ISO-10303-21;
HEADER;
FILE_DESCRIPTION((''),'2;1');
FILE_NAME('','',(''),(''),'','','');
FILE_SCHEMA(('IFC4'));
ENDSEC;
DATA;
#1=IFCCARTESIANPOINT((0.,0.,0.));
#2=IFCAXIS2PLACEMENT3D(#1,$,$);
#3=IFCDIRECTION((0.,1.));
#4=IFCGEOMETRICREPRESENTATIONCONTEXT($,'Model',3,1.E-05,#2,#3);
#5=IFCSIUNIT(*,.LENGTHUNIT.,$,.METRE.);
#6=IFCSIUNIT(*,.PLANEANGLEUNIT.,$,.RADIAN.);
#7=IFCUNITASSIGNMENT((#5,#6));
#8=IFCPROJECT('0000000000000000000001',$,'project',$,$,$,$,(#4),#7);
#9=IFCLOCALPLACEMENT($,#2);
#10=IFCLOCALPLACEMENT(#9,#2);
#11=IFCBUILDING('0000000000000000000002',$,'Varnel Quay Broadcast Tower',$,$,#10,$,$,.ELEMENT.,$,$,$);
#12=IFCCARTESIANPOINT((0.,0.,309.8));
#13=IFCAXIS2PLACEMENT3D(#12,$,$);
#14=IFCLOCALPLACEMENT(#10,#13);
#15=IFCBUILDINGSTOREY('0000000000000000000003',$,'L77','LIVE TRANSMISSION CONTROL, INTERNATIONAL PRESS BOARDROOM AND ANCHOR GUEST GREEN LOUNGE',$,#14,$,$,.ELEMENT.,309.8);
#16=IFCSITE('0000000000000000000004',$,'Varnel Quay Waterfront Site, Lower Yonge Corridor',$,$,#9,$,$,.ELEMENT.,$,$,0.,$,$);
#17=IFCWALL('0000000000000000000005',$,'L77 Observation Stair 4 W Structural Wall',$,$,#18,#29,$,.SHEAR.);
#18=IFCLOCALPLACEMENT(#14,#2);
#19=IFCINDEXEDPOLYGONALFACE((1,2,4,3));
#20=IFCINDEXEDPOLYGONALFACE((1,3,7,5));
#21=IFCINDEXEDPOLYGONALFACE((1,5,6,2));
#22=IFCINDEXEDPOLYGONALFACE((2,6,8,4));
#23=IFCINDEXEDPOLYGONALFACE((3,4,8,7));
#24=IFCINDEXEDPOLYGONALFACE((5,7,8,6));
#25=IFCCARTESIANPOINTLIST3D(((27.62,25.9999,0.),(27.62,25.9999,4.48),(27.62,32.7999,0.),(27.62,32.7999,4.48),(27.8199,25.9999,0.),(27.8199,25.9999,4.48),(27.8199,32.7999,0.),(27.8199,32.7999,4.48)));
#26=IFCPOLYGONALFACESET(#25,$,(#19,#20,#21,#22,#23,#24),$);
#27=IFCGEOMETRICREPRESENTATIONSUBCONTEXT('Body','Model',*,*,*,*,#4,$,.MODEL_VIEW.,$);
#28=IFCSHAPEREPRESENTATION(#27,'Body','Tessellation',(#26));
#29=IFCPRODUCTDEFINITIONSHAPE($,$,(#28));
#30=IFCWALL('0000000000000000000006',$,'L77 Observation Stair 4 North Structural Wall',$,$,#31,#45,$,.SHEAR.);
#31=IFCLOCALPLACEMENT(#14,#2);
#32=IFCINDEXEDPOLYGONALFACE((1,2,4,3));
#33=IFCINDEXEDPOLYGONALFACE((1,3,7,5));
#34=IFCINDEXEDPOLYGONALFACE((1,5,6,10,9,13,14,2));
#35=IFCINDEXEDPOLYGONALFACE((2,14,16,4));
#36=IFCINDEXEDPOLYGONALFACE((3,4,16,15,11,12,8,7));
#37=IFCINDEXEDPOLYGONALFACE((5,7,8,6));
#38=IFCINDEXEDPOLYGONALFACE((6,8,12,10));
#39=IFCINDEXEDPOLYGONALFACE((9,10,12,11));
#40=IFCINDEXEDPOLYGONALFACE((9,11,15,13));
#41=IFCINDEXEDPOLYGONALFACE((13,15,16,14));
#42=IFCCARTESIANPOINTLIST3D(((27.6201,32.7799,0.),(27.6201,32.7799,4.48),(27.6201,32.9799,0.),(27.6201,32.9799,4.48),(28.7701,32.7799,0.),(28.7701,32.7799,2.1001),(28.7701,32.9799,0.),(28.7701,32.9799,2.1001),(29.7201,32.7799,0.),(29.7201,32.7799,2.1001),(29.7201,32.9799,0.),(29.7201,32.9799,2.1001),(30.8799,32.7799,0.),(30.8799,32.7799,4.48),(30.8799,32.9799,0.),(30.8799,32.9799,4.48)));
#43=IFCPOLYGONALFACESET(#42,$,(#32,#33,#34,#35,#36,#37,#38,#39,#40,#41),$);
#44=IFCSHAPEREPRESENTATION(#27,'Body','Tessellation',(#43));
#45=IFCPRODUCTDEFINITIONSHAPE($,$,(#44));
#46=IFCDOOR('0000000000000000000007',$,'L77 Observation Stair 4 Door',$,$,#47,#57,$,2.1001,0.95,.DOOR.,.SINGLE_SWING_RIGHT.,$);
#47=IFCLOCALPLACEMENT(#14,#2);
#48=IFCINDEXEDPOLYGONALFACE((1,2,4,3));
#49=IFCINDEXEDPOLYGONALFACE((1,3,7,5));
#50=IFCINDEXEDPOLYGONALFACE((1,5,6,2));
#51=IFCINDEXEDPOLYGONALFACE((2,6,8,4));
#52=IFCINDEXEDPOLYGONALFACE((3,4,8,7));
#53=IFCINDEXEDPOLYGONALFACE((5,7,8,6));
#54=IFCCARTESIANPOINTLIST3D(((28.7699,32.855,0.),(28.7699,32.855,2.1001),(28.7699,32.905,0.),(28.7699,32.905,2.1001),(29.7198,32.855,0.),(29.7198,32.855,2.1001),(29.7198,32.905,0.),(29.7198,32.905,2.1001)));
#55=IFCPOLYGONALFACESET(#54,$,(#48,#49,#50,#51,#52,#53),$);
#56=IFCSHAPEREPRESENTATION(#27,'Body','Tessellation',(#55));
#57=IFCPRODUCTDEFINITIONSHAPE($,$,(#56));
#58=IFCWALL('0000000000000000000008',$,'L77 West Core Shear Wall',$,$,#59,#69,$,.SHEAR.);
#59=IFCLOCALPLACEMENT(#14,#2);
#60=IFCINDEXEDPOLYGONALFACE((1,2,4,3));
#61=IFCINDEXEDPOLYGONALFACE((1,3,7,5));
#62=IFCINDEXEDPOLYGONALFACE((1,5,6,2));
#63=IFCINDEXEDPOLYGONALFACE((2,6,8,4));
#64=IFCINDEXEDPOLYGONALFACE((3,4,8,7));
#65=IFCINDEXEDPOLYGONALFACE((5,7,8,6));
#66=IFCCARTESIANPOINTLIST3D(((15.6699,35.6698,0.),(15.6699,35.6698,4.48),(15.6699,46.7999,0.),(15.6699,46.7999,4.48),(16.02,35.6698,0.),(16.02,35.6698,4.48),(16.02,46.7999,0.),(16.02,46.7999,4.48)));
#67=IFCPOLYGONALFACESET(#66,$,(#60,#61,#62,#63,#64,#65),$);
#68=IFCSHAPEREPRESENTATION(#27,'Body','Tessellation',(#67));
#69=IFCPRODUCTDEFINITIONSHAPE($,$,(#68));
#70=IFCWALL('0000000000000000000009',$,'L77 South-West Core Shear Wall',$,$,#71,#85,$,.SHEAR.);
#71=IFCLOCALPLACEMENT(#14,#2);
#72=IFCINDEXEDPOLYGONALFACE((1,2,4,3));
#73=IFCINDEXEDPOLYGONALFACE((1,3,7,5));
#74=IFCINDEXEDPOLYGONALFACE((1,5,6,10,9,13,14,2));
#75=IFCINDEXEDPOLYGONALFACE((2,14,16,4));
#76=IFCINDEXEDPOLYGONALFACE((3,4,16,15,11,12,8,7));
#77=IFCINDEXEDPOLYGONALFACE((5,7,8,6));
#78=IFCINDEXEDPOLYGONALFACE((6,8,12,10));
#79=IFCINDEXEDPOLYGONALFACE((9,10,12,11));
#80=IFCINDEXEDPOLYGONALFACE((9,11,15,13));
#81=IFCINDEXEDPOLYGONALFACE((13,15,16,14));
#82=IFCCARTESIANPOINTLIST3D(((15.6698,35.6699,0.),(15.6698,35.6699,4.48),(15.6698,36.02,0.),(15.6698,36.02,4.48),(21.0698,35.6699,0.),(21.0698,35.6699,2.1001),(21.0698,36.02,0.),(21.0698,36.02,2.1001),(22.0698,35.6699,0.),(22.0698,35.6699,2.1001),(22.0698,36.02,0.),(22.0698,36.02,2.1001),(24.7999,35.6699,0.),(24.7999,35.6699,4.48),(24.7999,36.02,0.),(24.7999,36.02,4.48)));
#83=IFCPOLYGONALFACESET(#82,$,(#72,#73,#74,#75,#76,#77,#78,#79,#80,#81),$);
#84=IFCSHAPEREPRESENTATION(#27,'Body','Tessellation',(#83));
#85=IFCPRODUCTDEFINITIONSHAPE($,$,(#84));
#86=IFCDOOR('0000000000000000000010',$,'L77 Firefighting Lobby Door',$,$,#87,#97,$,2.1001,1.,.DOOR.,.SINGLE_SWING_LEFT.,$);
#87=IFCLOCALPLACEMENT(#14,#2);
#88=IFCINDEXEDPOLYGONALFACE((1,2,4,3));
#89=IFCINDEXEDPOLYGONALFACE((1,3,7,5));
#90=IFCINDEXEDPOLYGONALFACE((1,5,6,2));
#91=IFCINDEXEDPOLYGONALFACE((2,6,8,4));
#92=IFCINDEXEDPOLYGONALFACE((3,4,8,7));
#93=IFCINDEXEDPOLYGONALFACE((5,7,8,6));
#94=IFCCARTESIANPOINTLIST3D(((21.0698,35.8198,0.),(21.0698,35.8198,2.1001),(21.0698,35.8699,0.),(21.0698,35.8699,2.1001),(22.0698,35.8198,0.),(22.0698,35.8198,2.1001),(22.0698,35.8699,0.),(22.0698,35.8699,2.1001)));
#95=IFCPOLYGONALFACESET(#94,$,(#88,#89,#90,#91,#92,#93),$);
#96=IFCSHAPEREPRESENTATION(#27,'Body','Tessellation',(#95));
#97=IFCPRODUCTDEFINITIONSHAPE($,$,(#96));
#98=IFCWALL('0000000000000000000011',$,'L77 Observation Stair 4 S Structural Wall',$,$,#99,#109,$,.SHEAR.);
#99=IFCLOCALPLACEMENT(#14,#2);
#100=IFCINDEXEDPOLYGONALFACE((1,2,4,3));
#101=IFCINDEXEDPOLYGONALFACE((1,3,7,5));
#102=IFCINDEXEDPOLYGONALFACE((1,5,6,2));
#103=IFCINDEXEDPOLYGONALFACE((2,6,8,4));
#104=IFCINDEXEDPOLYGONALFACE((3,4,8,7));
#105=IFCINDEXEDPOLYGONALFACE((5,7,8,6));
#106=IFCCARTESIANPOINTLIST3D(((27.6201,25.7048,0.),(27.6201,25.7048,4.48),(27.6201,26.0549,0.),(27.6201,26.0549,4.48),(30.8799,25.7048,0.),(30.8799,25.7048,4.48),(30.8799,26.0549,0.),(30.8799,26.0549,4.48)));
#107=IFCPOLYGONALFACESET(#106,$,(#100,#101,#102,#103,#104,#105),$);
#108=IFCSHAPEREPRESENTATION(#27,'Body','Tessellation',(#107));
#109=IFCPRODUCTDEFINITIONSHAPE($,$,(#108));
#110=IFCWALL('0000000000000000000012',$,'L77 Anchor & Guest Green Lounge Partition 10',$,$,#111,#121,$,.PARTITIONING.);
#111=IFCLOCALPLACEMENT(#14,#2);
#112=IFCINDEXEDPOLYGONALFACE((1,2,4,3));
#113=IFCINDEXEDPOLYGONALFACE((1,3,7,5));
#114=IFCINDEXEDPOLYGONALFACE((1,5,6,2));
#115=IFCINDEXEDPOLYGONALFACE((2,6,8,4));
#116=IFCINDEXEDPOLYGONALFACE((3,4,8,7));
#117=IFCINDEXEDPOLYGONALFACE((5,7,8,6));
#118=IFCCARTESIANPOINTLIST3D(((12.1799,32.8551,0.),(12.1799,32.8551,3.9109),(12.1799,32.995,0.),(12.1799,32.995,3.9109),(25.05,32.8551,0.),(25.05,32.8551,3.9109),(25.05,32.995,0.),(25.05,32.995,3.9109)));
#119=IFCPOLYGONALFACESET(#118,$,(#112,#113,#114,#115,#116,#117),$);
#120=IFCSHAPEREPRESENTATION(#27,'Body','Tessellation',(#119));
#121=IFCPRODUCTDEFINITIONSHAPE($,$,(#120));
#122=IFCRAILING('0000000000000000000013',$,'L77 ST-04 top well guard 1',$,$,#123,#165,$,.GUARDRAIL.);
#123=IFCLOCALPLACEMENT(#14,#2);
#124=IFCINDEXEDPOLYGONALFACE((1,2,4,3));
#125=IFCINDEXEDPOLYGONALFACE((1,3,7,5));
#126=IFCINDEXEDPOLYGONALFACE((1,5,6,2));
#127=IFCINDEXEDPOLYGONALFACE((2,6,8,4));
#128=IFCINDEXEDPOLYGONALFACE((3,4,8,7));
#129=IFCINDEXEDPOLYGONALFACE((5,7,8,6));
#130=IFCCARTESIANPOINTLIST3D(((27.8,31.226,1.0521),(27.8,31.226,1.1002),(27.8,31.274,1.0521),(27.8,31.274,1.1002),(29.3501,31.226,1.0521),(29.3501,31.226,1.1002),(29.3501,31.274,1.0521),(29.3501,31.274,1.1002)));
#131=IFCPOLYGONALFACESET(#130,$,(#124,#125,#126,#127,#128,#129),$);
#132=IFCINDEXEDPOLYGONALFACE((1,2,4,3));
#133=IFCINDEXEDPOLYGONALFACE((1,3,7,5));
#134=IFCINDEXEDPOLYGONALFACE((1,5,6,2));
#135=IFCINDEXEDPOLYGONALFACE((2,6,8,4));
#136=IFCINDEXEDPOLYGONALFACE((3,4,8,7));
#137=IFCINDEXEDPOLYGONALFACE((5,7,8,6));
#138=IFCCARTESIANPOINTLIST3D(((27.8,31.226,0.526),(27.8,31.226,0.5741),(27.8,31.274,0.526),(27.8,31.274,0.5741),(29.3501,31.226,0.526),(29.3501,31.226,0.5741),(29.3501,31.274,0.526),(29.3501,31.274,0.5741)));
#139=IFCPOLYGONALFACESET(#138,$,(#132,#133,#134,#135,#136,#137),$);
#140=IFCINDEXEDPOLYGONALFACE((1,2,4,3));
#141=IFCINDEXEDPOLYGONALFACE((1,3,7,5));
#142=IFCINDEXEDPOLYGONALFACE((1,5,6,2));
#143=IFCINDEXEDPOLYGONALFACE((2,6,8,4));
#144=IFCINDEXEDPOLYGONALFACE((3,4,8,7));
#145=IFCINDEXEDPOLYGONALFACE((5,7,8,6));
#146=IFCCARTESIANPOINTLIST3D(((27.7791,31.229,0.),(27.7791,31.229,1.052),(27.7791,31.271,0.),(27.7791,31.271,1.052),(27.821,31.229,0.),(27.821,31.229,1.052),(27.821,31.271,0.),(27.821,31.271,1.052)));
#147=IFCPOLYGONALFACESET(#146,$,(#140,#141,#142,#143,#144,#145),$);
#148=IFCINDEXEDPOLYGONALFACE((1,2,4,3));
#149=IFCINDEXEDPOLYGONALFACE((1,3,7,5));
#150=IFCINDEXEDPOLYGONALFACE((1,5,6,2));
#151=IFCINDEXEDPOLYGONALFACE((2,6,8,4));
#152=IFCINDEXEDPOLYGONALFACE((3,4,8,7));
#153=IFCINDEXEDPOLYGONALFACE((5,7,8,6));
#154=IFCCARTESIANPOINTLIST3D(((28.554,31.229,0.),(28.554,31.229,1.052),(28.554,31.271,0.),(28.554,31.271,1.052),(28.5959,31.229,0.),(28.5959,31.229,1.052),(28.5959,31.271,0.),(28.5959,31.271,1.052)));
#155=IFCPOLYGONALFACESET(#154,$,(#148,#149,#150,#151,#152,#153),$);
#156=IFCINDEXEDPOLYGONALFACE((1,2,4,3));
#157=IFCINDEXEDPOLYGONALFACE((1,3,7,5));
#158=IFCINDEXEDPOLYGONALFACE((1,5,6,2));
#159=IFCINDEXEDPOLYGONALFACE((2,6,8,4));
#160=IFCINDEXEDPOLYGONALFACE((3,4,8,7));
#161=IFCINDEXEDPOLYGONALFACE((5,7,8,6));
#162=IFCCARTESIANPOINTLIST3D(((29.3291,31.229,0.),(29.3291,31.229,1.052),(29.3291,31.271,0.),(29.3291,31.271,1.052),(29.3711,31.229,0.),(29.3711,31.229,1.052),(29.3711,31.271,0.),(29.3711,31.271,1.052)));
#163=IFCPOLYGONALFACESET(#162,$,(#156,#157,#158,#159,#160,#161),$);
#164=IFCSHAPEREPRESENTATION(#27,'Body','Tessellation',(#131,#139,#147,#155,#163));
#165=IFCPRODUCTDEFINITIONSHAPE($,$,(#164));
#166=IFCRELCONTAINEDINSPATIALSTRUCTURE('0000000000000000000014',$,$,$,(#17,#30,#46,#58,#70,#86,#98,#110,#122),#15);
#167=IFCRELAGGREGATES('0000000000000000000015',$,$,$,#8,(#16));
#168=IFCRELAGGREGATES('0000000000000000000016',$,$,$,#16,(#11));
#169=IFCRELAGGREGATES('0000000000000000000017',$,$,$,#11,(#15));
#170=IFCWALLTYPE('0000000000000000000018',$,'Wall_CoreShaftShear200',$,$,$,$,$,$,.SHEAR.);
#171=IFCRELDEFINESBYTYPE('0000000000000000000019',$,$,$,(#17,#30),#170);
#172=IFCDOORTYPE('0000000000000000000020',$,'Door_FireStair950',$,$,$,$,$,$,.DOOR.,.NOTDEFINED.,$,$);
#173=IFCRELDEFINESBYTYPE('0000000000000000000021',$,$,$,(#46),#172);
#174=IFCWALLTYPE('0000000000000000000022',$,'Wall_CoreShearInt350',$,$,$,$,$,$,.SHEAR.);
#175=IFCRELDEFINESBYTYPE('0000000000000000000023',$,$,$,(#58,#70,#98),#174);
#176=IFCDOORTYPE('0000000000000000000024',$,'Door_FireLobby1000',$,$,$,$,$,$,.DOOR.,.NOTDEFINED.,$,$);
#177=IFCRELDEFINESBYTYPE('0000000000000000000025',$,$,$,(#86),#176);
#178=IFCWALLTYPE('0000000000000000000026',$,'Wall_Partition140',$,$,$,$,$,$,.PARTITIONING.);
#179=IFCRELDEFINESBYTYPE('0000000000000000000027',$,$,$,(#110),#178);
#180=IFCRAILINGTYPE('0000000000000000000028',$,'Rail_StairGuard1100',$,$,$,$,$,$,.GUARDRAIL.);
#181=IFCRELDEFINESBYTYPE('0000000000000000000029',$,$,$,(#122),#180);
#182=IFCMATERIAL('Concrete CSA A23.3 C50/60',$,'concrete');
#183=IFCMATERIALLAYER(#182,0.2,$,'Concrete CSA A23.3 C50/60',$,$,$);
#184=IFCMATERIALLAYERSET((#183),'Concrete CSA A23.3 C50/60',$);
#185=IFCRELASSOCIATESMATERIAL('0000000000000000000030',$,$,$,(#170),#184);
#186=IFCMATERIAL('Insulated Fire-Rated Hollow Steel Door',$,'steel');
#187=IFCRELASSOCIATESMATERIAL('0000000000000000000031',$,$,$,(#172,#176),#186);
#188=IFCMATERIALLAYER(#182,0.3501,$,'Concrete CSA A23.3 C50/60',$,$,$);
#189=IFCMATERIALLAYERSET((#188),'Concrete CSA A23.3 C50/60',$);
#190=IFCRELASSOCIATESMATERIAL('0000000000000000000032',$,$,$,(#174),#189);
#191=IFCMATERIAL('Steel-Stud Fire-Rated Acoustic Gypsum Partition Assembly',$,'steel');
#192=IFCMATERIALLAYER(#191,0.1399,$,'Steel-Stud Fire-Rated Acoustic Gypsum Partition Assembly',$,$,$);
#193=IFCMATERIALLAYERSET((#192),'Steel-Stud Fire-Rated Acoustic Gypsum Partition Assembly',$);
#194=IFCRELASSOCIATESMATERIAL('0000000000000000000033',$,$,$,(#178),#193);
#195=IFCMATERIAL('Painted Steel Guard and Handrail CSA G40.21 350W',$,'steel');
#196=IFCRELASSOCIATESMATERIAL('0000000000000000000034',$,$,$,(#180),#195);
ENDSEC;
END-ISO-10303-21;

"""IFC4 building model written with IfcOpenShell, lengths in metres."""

from ifc_helpers import new_model, si_unit, direction, frame, frame_2d, origin, origin_2d, place, context, subcontext, project, spatial, rectangle, extrude, source, transform, mapped, material, layer, layer_set, type_object, type_shapes, element, fill, save


model = new_model("IFC4")

# Units and contexts
model_context = context("Model", 3, precision=1e-05, world=origin(), true_north=direction((0.0, 1.0)))
body_context = subcontext(model_context, "Body", "Model", "MODEL_VIEW")
ifc_project = project(units=[si_unit("LENGTHUNIT", "METRE"), si_unit("PLANEANGLEUNIT", "RADIAN")], contexts=[model_context])

# Site, building, storey
site_placement = place(None, origin())
site = spatial("IfcSite", under=ifc_project, at=site_placement, Name="Varnel Quay Waterfront Site, Lower Yonge Corridor", CompositionType="ELEMENT", RefElevation=0.0)
building_placement = place(site_placement, origin())
building = spatial("IfcBuilding", under=site, at=building_placement, Name="Varnel Quay Broadcast Tower", CompositionType="ELEMENT")
storey_placement = place(building_placement, frame((0.0, 0.0, 309.8)))
storey = spatial("IfcBuildingStorey", under=building, at=storey_placement, Name="L77", Description="LIVE TRANSMISSION CONTROL, INTERNATIONAL PRESS BOARDROOM AND ANCHOR GUEST GREEN LOUNGE", CompositionType="ELEMENT", Elevation=309.8)

# Shared definitions
ifc_material_1 = material(Name="Concrete CSA A23.3 C50/60", Category="concrete")

# Wall
ifc_layer_1 = layer(ifc_material_1, 0.2, Name="Concrete CSA A23.3 C50/60")
ifc_layer_set_1 = layer_set([ifc_layer_1], Name="Concrete CSA A23.3 C50/60")
wall_type_1 = type_object("IfcWallType", Name="Wall_CoreShaftShear200", PredefinedType="SHEAR", material=ifc_layer_set_1)
wall_1_placement = place(storey_placement, frame((27.72, 26.0, 0.0), z_axis=(0.0, 0.0, 1.0), x_axis=(0.0, 1.0, 0.0)))
element("IfcWall", 1, at=wall_1_placement, inside=storey, type_object=wall_type_1, Name="L77 Observation Stair 4 W Structural Wall", PredefinedType="SHEAR", context=body_context, shape_type="SweptSolid", body=[
    extrude(rectangle(XDim=6.8, YDim=0.2, at=frame_2d((3.3999, 0.0))), origin(), (0.0, 0.0, 1.0), 4.48),
])

# Wall, opening, door
wall_2_placement = place(storey_placement, frame((27.6201, 32.8799, 0.0), z_axis=(0.0, 0.0, 1.0), x_axis=(1.0, 0.0, 0.0)))
wall_2 = element("IfcWall", 2, at=wall_2_placement, inside=storey, type_object=wall_type_1, Name="L77 Observation Stair 4 North Structural Wall", PredefinedType="SHEAR", context=body_context, shape_type="SweptSolid", body=[
    extrude(rectangle(XDim=3.2598, YDim=0.2, at=frame_2d((1.6299, 0.0))), origin(), (0.0, 0.0, 1.0), 4.48),
])
opening_1_placement = place(wall_2_placement, frame((1.1499, 0.0, 0.0)))
opening_1 = element("IfcOpeningElement", 3, at=opening_1_placement, cuts=wall_2, PredefinedType="OPENING", context=body_context, shape_type="SweptSolid", body=[
    extrude(rectangle(XDim=0.95, YDim=2.1001, at=frame_2d((0.4751, 1.05))), frame((0.0, 0.1099, 0.0), z_axis=(0.0, -1.0, 0.0), x_axis=(1.0, 0.0, 0.0)), (0.0, 0.0, 1.0), 0.22),
])
ifc_material_2 = material(Name="Insulated Fire-Rated Hollow Steel Door", Category="steel")
door_type_1 = type_object("IfcDoorType", Name="Door_FireStair950", OperationType="NOTDEFINED", PredefinedType="DOOR", material=ifc_material_2)
shared_shape_1 = source(origin(), body_context, "Body", "SweptSolid", [
    extrude(rectangle(XDim=0.95, YDim=2.1001, at=frame_2d((0.4751, 1.05))), frame((0.0, 0.0249, 0.0), z_axis=(0.0, -1.0, 0.0), x_axis=(1.0, 0.0, 0.0)), (0.0, 0.0, 1.0), 0.05),
])
type_shapes(door_type_1, [shared_shape_1])
door_1_placement = place(opening_1_placement, frame((0.95, 0.0, 0.0), z_axis=(0.0, 0.0, 1.0), x_axis=(-1.0, 0.0, 0.0)))
door_1 = element("IfcDoor", 4, at=door_1_placement, inside=storey, type_object=door_type_1, Name="L77 Observation Stair 4 Door", OperationType="SINGLE_SWING_RIGHT", OverallHeight=2.1001, OverallWidth=0.95, PredefinedType="DOOR", context=body_context, shape_type="MappedRepresentation", body=[
    mapped(shared_shape_1, transform((0.0, 0.0, 0.0), x_axis=(1.0, 0.0, 0.0), y_axis=(0.0, 1.0, 0.0), z_axis=(0.0, 0.0, 1.0), scale=1.0)),
])
fill(opening_1, door_1)

# Wall
ifc_layer_2 = layer(ifc_material_1, 0.3501, Name="Concrete CSA A23.3 C50/60")
ifc_layer_set_2 = layer_set([ifc_layer_2], Name="Concrete CSA A23.3 C50/60")
wall_type_2 = type_object("IfcWallType", Name="Wall_CoreShearInt350", PredefinedType="SHEAR", material=ifc_layer_set_2)
wall_3_placement = place(storey_placement, frame((15.845, 35.6699, 0.0), z_axis=(0.0, 0.0, 1.0), x_axis=(0.0, 1.0, 0.0)))
element("IfcWall", 5, at=wall_3_placement, inside=storey, type_object=wall_type_2, Name="L77 West Core Shear Wall", PredefinedType="SHEAR", context=body_context, shape_type="SweptSolid", body=[
    extrude(rectangle(XDim=11.1301, YDim=0.3501, at=frame_2d((5.5649, 0.0))), origin(), (0.0, 0.0, 1.0), 4.48),
])

# Wall, opening, door
wall_4_placement = place(storey_placement, frame((15.6699, 35.845, 0.0), z_axis=(0.0, 0.0, 1.0), x_axis=(1.0, 0.0, 0.0)))
wall_4 = element("IfcWall", 6, at=wall_4_placement, inside=storey, type_object=wall_type_2, Name="L77 South-West Core Shear Wall", PredefinedType="SHEAR", context=body_context, shape_type="SweptSolid", body=[
    extrude(rectangle(XDim=9.1301, YDim=0.3501, at=frame_2d((4.5649, 0.0))), origin(), (0.0, 0.0, 1.0), 4.48),
])
opening_2_placement = place(wall_4_placement, frame((5.3999, 0.0, 0.0)))
opening_2 = element("IfcOpeningElement", 7, at=opening_2_placement, cuts=wall_4, PredefinedType="OPENING", context=body_context, shape_type="SweptSolid", body=[
    extrude(rectangle(XDim=1.0, YDim=2.1001, at=frame_2d((0.5, 1.05))), frame((0.0, 0.1851, 0.0), z_axis=(0.0, -1.0, 0.0), x_axis=(1.0, 0.0, 0.0)), (0.0, 0.0, 1.0), 0.3701),
])
door_type_2 = type_object("IfcDoorType", Name="Door_FireLobby1000", OperationType="NOTDEFINED", PredefinedType="DOOR", material=ifc_material_2)
shared_shape_2 = source(origin(), body_context, "Body", "SweptSolid", [
    extrude(rectangle(XDim=1.0, YDim=2.1001, at=frame_2d((0.5, 1.05))), frame((0.0, 0.0249, 0.0), z_axis=(0.0, -1.0, 0.0), x_axis=(1.0, 0.0, 0.0)), (0.0, 0.0, 1.0), 0.05),
])
type_shapes(door_type_2, [shared_shape_2])
door_2_placement = place(opening_2_placement, origin())
door_2 = element("IfcDoor", 8, at=door_2_placement, inside=storey, type_object=door_type_2, Name="L77 Firefighting Lobby Door", OperationType="SINGLE_SWING_LEFT", OverallHeight=2.1001, OverallWidth=1.0, PredefinedType="DOOR", context=body_context, shape_type="MappedRepresentation", body=[
    mapped(shared_shape_2, transform((0.0, 0.0, 0.0), x_axis=(1.0, 0.0, 0.0), y_axis=(0.0, 1.0, 0.0), z_axis=(0.0, 0.0, 1.0), scale=1.0)),
])
fill(opening_2, door_2)

# Walls
wall_5_placement = place(storey_placement, frame((27.6201, 25.8799, 0.0), z_axis=(0.0, 0.0, 1.0), x_axis=(1.0, 0.0, 0.0)))
element("IfcWall", 9, at=wall_5_placement, inside=storey, type_object=wall_type_2, Name="L77 Observation Stair 4 S Structural Wall", PredefinedType="SHEAR", context=body_context, shape_type="SweptSolid", body=[
    extrude(rectangle(XDim=3.2598, YDim=0.3501, at=frame_2d((1.6299, 0.0))), origin(), (0.0, 0.0, 1.0), 4.48),
])
ifc_material_3 = material(Name="Steel-Stud Fire-Rated Acoustic Gypsum Partition Assembly", Category="steel")
ifc_layer_3 = layer(ifc_material_3, 0.1399, Name="Steel-Stud Fire-Rated Acoustic Gypsum Partition Assembly")
ifc_layer_set_3 = layer_set([ifc_layer_3], Name="Steel-Stud Fire-Rated Acoustic Gypsum Partition Assembly")
wall_type_3 = type_object("IfcWallType", Name="Wall_Partition140", PredefinedType="PARTITIONING", material=ifc_layer_set_3)
wall_6_placement = place(storey_placement, frame((12.1799, 32.925, 0.0), z_axis=(0.0, 0.0, 1.0), x_axis=(1.0, 0.0, 0.0)))
element("IfcWall", 10, at=wall_6_placement, inside=storey, type_object=wall_type_3, Name="L77 Anchor & Guest Green Lounge Partition 10", PredefinedType="PARTITIONING", context=body_context, shape_type="SweptSolid", body=[
    extrude(rectangle(XDim=12.8701, YDim=0.1399, at=frame_2d((6.4351, 0.0))), origin(), (0.0, 0.0, 1.0), 3.9109),
])

# Railing
ifc_material_4 = material(Name="Painted Steel Guard and Handrail CSA G40.21 350W", Category="steel")
railing_type = type_object("IfcRailingType", Name="Rail_StairGuard1100", PredefinedType="GUARDRAIL", material=ifc_material_4)
railing_placement = place(storey_placement, frame((27.8, 31.25, 0.0)))
element("IfcRailing", 11, at=railing_placement, inside=storey, type_object=railing_type, Name="L77 ST-04 top well guard 1", PredefinedType="GUARDRAIL", context=body_context, shape_type="SweptSolid", body=[
    extrude(rectangle(XDim=0.0481, YDim=0.0481, at=origin_2d()), frame((0.0, 0.0, 1.0762), z_axis=(1.0, 0.0, 0.0), x_axis=(0.0, 1.0, 0.0)), (0.0, 0.0, 1.0), 1.55),
    extrude(rectangle(XDim=0.0481, YDim=0.0481, at=origin_2d()), frame((0.0, 0.0, 0.55), z_axis=(1.0, 0.0, 0.0), x_axis=(0.0, 1.0, 0.0)), (0.0, 0.0, 1.0), 1.55),
    extrude(rectangle(XDim=0.042, YDim=0.042, at=origin_2d()), origin(), (0.0, 0.0, 1.0), 1.052),
    extrude(rectangle(XDim=0.042, YDim=0.042, at=origin_2d()), frame((0.7749, 0.0, 0.0)), (0.0, 0.0, 1.0), 1.052),
    extrude(rectangle(XDim=0.042, YDim=0.042, at=origin_2d()), frame((1.55, 0.0, 0.0)), (0.0, 0.0, 1.0), 1.052),
])

save(model, "model.ifc")
